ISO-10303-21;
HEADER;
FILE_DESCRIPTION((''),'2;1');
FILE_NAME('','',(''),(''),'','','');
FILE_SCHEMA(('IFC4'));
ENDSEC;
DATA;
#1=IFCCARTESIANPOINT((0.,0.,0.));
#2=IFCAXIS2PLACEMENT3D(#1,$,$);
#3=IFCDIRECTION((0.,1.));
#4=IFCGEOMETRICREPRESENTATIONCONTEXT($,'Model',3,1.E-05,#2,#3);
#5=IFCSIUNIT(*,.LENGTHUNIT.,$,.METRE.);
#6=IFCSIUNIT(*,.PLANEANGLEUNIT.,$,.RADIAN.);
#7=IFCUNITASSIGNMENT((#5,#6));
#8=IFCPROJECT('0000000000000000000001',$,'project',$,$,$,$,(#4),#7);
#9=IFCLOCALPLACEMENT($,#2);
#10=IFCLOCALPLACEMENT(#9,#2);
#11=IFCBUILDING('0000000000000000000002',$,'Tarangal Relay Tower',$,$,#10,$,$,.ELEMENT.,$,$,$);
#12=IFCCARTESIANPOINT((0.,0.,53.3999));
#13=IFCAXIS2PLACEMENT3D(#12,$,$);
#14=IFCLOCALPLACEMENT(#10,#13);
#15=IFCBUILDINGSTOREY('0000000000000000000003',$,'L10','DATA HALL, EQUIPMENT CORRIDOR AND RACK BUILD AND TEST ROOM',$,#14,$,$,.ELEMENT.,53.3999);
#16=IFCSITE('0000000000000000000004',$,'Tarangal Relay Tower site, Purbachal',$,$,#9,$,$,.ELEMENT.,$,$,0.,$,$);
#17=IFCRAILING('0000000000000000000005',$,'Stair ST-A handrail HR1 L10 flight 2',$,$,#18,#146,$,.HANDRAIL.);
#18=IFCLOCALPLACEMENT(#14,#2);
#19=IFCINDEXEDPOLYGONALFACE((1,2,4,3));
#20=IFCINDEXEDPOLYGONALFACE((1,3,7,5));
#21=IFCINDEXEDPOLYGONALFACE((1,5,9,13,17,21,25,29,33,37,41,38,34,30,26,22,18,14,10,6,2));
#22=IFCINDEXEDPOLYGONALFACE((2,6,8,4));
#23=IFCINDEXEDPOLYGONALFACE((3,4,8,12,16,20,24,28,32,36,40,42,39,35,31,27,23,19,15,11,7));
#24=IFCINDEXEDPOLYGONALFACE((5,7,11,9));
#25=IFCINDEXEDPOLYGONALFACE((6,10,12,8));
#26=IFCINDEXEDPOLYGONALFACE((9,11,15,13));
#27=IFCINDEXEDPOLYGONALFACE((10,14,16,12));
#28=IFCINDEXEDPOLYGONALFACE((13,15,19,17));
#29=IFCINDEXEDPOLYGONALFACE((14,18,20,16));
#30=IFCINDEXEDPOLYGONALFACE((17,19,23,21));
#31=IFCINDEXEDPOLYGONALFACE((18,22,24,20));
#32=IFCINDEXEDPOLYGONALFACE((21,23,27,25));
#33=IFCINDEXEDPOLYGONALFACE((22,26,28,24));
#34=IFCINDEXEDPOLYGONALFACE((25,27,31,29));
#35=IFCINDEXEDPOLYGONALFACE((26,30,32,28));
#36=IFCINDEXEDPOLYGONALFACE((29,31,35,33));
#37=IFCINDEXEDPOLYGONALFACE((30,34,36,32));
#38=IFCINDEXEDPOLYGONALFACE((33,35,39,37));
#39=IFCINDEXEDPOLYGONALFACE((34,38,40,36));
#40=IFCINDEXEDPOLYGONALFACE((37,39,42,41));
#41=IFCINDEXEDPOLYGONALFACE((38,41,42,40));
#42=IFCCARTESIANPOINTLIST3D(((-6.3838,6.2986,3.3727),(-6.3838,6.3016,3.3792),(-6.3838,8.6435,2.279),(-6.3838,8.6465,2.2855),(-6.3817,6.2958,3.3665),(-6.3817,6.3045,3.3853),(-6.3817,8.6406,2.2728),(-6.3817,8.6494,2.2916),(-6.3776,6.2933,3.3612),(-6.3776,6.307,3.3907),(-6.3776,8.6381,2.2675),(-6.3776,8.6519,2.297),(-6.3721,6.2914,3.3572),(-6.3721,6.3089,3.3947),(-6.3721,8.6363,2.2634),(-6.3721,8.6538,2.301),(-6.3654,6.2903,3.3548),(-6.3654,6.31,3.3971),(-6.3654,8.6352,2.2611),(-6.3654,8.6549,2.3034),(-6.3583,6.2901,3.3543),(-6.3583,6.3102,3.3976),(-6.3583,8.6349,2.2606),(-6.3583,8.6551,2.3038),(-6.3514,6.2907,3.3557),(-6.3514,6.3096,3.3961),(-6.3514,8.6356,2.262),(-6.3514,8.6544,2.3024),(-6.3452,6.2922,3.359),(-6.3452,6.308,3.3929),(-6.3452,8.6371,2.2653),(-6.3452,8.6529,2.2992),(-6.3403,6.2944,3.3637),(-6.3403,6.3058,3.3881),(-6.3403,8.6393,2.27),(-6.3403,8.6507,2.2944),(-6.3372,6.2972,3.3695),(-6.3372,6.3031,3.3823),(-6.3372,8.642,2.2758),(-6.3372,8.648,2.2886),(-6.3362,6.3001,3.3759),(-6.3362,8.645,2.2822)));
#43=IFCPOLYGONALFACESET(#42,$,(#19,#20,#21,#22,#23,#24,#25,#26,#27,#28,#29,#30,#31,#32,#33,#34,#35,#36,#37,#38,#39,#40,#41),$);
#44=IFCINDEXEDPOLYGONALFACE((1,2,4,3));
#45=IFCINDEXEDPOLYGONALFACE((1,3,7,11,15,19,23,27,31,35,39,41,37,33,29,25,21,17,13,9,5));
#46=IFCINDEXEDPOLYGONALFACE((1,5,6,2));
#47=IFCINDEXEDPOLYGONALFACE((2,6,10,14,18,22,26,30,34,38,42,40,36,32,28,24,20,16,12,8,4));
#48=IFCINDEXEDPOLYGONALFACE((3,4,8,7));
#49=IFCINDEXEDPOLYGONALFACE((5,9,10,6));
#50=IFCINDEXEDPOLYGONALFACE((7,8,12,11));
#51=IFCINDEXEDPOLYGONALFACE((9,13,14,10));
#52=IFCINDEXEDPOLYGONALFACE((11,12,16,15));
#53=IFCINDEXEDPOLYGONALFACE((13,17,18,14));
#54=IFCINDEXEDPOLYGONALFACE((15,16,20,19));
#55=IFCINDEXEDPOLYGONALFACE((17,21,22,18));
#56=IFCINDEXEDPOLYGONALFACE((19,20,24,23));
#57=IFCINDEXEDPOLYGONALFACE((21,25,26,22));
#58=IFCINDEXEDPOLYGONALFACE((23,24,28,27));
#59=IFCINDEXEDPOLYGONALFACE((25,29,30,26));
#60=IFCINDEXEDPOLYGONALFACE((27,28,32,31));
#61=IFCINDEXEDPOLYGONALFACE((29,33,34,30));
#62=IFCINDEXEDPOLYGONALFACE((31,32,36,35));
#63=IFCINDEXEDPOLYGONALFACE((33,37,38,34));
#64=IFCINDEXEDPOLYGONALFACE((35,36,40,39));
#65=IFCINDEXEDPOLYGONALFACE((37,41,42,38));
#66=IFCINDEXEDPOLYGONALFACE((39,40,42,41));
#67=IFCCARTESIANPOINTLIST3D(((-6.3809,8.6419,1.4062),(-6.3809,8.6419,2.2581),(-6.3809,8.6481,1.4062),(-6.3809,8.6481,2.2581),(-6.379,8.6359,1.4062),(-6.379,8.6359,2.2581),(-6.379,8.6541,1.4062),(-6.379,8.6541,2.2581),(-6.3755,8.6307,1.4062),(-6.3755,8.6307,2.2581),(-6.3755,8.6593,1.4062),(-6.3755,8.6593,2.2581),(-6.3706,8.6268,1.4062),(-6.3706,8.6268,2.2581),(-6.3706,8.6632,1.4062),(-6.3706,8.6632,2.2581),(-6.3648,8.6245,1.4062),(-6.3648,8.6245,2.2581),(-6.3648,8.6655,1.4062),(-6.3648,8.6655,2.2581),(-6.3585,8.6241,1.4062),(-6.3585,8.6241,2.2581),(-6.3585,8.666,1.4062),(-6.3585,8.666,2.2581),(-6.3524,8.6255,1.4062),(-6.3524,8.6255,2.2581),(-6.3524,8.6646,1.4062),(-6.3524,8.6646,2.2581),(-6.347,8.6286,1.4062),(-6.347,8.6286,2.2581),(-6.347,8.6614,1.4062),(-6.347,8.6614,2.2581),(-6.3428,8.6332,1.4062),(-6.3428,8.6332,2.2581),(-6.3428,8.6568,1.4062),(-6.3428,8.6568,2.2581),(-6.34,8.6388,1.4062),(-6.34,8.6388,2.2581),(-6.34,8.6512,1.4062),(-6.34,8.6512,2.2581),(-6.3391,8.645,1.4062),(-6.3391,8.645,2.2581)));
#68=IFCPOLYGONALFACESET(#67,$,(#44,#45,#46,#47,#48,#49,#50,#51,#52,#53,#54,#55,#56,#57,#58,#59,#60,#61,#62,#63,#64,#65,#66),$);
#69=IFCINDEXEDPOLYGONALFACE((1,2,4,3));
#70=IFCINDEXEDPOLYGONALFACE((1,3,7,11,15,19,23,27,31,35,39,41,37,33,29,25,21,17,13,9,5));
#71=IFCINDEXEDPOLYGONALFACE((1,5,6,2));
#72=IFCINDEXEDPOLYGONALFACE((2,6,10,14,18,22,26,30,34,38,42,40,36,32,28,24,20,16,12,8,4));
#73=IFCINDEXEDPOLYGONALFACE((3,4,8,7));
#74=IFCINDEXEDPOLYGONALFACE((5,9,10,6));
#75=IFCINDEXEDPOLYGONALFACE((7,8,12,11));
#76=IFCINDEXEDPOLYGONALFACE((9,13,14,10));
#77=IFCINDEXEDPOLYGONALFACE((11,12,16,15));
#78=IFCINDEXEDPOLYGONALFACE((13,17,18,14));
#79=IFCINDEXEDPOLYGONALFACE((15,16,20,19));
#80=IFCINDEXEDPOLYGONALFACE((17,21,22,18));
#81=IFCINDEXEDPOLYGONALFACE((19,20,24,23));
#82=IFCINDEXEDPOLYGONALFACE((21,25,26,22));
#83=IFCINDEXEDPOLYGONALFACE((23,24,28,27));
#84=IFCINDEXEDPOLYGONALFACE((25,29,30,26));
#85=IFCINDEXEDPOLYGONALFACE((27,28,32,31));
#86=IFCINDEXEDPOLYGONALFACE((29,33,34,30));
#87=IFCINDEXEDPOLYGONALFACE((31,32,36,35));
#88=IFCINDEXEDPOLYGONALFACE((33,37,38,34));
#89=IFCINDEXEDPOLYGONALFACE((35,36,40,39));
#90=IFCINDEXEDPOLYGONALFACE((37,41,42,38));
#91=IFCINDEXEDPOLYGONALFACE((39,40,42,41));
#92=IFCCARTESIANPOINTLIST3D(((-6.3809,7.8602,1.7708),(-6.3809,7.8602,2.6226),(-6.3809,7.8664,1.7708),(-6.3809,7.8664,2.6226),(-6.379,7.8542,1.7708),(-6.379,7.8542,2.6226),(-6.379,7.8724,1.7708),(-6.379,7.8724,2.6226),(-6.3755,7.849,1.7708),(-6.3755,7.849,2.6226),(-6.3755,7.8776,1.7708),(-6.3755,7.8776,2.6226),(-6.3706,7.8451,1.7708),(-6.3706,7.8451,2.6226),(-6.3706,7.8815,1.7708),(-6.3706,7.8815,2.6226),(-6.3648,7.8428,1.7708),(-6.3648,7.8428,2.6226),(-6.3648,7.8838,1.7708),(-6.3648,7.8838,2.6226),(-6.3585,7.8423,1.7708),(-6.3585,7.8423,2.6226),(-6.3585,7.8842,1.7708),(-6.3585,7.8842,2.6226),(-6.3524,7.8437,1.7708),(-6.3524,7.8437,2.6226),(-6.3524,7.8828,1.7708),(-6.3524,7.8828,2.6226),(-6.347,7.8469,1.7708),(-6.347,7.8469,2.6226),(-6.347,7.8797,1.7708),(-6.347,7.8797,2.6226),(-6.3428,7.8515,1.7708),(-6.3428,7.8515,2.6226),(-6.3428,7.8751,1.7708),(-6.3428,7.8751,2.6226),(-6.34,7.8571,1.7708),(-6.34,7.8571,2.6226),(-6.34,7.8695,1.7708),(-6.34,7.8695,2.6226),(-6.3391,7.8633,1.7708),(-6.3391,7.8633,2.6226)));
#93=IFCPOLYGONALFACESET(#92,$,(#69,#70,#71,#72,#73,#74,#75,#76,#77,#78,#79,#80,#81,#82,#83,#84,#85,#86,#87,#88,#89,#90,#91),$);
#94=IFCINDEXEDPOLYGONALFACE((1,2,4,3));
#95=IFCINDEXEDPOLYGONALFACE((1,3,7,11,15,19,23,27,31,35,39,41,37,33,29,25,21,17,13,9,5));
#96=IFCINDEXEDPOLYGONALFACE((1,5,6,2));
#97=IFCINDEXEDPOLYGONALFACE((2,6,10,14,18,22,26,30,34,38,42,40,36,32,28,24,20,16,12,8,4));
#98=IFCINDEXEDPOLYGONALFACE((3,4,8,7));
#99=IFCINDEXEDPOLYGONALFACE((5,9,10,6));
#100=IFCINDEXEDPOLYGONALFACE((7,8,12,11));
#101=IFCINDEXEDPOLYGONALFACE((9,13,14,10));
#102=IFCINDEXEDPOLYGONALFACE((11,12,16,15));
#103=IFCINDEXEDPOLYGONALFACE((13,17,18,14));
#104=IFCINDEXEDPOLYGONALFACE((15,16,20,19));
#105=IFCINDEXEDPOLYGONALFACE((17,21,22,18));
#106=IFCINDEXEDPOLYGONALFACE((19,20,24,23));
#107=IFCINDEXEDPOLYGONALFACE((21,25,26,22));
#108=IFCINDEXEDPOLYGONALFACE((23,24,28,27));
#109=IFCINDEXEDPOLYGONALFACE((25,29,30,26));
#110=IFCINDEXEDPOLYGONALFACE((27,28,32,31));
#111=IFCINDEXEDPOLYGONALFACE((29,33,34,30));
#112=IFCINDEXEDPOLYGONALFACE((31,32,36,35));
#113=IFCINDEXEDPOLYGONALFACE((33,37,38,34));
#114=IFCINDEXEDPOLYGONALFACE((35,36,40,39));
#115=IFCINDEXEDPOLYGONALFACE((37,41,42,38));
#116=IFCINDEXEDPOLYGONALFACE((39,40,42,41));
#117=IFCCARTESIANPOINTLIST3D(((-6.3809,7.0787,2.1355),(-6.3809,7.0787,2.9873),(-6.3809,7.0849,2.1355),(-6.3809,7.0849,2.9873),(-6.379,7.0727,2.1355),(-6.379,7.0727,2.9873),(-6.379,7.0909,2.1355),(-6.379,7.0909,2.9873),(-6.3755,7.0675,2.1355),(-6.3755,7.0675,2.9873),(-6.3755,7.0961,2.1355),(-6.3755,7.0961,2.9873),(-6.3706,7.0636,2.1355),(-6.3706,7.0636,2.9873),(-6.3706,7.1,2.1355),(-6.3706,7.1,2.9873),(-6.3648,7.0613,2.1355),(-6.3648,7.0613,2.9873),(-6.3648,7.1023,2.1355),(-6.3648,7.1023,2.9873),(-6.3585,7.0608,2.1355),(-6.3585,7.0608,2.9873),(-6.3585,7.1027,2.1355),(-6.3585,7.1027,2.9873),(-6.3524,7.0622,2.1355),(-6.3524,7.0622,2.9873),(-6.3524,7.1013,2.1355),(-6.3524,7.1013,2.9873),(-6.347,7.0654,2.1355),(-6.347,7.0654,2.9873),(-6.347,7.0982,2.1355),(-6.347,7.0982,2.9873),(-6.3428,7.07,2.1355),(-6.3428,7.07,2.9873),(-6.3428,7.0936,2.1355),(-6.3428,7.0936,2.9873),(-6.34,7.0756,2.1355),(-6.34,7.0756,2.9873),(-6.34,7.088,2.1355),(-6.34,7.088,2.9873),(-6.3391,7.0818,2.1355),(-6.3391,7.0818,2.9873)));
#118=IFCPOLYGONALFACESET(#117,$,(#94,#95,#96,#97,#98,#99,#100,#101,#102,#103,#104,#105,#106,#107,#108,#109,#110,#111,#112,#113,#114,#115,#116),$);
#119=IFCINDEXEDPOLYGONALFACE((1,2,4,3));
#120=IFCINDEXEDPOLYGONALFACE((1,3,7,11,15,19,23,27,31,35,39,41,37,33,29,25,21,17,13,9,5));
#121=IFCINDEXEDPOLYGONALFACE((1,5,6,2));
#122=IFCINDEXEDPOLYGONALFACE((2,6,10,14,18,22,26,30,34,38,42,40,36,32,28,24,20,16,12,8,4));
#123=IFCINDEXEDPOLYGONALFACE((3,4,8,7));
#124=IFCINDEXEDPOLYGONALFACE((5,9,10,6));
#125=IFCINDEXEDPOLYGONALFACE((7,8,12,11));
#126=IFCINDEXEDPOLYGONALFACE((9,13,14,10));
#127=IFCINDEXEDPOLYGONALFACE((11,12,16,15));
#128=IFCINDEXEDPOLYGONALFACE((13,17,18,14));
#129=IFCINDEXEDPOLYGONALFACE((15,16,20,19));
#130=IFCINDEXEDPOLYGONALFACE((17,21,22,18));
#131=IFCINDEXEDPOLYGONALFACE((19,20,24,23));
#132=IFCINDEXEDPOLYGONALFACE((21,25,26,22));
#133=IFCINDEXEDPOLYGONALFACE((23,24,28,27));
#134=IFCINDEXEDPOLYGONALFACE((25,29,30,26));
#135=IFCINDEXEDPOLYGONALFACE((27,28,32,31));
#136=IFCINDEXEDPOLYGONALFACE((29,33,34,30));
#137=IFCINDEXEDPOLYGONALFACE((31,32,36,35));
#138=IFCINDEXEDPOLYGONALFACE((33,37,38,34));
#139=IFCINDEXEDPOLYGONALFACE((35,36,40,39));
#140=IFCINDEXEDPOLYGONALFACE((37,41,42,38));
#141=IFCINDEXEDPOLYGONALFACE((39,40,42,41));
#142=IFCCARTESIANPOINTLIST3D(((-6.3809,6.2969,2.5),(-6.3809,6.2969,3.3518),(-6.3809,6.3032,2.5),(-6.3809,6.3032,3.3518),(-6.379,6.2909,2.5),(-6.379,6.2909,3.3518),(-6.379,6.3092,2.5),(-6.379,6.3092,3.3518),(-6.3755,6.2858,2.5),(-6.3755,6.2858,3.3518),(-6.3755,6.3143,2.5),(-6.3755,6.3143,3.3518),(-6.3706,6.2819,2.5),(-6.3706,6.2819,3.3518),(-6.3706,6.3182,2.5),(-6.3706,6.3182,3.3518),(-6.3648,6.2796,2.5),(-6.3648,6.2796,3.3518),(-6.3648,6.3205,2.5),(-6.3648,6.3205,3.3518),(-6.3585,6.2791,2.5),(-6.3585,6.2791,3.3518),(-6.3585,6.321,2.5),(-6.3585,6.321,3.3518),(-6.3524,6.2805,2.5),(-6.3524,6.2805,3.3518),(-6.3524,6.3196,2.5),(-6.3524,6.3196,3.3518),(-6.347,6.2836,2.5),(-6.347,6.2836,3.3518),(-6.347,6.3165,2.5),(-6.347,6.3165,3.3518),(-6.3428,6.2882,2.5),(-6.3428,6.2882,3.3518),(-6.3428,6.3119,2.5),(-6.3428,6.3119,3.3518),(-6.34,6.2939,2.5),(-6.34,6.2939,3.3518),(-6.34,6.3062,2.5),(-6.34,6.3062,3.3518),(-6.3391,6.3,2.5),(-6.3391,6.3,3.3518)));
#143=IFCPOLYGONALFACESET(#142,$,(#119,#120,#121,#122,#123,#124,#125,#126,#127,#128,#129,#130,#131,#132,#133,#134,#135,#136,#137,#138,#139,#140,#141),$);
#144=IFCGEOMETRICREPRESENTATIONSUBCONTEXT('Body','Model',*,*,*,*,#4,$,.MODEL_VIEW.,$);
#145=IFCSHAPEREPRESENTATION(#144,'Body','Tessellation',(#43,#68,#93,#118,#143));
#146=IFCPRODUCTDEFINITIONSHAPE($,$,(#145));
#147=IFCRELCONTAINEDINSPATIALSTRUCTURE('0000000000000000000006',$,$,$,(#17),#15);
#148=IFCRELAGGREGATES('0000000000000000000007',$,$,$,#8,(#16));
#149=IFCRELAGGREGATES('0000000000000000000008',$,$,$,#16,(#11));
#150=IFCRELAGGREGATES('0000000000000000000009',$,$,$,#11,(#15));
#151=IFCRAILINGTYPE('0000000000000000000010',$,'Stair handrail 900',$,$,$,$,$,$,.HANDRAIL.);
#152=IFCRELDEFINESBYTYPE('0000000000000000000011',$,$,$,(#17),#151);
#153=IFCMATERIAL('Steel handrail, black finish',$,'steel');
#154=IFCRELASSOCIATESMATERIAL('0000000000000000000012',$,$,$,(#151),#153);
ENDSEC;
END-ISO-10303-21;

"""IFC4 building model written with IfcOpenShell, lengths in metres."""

from ifc_helpers import new_model, si_unit, direction, frame, origin, origin_2d, place, context, subcontext, project, spatial, circle, extrude, material, type_object, element, save


model = new_model("IFC4")

# Units and contexts
model_context = context("Model", 3, precision=1e-05, world=origin(), true_north=direction((0.0, 1.0)))
body_context = subcontext(model_context, "Body", "Model", "MODEL_VIEW")
ifc_project = project(units=[si_unit("LENGTHUNIT", "METRE"), si_unit("PLANEANGLEUNIT", "RADIAN")], contexts=[model_context])

# Site, building, storey
site_placement = place(None, origin())
site = spatial("IfcSite", under=ifc_project, at=site_placement, Name="Tarangal Relay Tower site, Purbachal", CompositionType="ELEMENT", RefElevation=0.0)
building_placement = place(site_placement, origin())
building = spatial("IfcBuilding", under=site, at=building_placement, Name="Tarangal Relay Tower", CompositionType="ELEMENT")
storey_placement = place(building_placement, frame((0.0, 0.0, 53.3999)))
storey = spatial("IfcBuildingStorey", under=building, at=storey_placement, Name="L10", Description="DATA HALL, EQUIPMENT CORRIDOR AND RACK BUILD AND TEST ROOM", CompositionType="ELEMENT", Elevation=53.3999)

# Railing
ifc_material_1 = material(Name="Steel handrail, black finish", Category="steel")
railing_type_1 = type_object("IfcRailingType", Name="Stair handrail 900", PredefinedType="HANDRAIL", material=ifc_material_1)
for number, where, name in (
    (1, (-6.3601, 8.645, 1.4062), "Stair ST-A handrail HR1 L10 flight 2"),
):
    element("IfcRailing", number, at=place(storey_placement, frame(where)), inside=storey, type_object=railing_type_1, Name=name, PredefinedType="HANDRAIL", context=body_context, shape_type="SweptSolid", body=[
        extrude(circle(Radius=0.0239, at=origin_2d()), frame((0.0, 0.0, 0.876), z_axis=(0.0, -0.906267, 0.422705), x_axis=(1.0, 0.0, 0.0)), (0.0, 0.0, 1.0), 2.5874),
        extrude(circle(Radius=0.021, at=origin_2d()), origin(), (0.0, 0.0, 1.0), 0.8518),
        extrude(circle(Radius=0.021, at=origin_2d()), frame((0.0, -0.7817, 0.3645)), (0.0, 0.0, 1.0), 0.8518),
        extrude(circle(Radius=0.021, at=origin_2d()), frame((0.0, -1.5632, 0.7292)), (0.0, 0.0, 1.0), 0.8518),
        extrude(circle(Radius=0.021, at=origin_2d()), frame((0.0, -2.345, 1.0938)), (0.0, 0.0, 1.0), 0.8518),
    ])

save(model, "model.ifc")
